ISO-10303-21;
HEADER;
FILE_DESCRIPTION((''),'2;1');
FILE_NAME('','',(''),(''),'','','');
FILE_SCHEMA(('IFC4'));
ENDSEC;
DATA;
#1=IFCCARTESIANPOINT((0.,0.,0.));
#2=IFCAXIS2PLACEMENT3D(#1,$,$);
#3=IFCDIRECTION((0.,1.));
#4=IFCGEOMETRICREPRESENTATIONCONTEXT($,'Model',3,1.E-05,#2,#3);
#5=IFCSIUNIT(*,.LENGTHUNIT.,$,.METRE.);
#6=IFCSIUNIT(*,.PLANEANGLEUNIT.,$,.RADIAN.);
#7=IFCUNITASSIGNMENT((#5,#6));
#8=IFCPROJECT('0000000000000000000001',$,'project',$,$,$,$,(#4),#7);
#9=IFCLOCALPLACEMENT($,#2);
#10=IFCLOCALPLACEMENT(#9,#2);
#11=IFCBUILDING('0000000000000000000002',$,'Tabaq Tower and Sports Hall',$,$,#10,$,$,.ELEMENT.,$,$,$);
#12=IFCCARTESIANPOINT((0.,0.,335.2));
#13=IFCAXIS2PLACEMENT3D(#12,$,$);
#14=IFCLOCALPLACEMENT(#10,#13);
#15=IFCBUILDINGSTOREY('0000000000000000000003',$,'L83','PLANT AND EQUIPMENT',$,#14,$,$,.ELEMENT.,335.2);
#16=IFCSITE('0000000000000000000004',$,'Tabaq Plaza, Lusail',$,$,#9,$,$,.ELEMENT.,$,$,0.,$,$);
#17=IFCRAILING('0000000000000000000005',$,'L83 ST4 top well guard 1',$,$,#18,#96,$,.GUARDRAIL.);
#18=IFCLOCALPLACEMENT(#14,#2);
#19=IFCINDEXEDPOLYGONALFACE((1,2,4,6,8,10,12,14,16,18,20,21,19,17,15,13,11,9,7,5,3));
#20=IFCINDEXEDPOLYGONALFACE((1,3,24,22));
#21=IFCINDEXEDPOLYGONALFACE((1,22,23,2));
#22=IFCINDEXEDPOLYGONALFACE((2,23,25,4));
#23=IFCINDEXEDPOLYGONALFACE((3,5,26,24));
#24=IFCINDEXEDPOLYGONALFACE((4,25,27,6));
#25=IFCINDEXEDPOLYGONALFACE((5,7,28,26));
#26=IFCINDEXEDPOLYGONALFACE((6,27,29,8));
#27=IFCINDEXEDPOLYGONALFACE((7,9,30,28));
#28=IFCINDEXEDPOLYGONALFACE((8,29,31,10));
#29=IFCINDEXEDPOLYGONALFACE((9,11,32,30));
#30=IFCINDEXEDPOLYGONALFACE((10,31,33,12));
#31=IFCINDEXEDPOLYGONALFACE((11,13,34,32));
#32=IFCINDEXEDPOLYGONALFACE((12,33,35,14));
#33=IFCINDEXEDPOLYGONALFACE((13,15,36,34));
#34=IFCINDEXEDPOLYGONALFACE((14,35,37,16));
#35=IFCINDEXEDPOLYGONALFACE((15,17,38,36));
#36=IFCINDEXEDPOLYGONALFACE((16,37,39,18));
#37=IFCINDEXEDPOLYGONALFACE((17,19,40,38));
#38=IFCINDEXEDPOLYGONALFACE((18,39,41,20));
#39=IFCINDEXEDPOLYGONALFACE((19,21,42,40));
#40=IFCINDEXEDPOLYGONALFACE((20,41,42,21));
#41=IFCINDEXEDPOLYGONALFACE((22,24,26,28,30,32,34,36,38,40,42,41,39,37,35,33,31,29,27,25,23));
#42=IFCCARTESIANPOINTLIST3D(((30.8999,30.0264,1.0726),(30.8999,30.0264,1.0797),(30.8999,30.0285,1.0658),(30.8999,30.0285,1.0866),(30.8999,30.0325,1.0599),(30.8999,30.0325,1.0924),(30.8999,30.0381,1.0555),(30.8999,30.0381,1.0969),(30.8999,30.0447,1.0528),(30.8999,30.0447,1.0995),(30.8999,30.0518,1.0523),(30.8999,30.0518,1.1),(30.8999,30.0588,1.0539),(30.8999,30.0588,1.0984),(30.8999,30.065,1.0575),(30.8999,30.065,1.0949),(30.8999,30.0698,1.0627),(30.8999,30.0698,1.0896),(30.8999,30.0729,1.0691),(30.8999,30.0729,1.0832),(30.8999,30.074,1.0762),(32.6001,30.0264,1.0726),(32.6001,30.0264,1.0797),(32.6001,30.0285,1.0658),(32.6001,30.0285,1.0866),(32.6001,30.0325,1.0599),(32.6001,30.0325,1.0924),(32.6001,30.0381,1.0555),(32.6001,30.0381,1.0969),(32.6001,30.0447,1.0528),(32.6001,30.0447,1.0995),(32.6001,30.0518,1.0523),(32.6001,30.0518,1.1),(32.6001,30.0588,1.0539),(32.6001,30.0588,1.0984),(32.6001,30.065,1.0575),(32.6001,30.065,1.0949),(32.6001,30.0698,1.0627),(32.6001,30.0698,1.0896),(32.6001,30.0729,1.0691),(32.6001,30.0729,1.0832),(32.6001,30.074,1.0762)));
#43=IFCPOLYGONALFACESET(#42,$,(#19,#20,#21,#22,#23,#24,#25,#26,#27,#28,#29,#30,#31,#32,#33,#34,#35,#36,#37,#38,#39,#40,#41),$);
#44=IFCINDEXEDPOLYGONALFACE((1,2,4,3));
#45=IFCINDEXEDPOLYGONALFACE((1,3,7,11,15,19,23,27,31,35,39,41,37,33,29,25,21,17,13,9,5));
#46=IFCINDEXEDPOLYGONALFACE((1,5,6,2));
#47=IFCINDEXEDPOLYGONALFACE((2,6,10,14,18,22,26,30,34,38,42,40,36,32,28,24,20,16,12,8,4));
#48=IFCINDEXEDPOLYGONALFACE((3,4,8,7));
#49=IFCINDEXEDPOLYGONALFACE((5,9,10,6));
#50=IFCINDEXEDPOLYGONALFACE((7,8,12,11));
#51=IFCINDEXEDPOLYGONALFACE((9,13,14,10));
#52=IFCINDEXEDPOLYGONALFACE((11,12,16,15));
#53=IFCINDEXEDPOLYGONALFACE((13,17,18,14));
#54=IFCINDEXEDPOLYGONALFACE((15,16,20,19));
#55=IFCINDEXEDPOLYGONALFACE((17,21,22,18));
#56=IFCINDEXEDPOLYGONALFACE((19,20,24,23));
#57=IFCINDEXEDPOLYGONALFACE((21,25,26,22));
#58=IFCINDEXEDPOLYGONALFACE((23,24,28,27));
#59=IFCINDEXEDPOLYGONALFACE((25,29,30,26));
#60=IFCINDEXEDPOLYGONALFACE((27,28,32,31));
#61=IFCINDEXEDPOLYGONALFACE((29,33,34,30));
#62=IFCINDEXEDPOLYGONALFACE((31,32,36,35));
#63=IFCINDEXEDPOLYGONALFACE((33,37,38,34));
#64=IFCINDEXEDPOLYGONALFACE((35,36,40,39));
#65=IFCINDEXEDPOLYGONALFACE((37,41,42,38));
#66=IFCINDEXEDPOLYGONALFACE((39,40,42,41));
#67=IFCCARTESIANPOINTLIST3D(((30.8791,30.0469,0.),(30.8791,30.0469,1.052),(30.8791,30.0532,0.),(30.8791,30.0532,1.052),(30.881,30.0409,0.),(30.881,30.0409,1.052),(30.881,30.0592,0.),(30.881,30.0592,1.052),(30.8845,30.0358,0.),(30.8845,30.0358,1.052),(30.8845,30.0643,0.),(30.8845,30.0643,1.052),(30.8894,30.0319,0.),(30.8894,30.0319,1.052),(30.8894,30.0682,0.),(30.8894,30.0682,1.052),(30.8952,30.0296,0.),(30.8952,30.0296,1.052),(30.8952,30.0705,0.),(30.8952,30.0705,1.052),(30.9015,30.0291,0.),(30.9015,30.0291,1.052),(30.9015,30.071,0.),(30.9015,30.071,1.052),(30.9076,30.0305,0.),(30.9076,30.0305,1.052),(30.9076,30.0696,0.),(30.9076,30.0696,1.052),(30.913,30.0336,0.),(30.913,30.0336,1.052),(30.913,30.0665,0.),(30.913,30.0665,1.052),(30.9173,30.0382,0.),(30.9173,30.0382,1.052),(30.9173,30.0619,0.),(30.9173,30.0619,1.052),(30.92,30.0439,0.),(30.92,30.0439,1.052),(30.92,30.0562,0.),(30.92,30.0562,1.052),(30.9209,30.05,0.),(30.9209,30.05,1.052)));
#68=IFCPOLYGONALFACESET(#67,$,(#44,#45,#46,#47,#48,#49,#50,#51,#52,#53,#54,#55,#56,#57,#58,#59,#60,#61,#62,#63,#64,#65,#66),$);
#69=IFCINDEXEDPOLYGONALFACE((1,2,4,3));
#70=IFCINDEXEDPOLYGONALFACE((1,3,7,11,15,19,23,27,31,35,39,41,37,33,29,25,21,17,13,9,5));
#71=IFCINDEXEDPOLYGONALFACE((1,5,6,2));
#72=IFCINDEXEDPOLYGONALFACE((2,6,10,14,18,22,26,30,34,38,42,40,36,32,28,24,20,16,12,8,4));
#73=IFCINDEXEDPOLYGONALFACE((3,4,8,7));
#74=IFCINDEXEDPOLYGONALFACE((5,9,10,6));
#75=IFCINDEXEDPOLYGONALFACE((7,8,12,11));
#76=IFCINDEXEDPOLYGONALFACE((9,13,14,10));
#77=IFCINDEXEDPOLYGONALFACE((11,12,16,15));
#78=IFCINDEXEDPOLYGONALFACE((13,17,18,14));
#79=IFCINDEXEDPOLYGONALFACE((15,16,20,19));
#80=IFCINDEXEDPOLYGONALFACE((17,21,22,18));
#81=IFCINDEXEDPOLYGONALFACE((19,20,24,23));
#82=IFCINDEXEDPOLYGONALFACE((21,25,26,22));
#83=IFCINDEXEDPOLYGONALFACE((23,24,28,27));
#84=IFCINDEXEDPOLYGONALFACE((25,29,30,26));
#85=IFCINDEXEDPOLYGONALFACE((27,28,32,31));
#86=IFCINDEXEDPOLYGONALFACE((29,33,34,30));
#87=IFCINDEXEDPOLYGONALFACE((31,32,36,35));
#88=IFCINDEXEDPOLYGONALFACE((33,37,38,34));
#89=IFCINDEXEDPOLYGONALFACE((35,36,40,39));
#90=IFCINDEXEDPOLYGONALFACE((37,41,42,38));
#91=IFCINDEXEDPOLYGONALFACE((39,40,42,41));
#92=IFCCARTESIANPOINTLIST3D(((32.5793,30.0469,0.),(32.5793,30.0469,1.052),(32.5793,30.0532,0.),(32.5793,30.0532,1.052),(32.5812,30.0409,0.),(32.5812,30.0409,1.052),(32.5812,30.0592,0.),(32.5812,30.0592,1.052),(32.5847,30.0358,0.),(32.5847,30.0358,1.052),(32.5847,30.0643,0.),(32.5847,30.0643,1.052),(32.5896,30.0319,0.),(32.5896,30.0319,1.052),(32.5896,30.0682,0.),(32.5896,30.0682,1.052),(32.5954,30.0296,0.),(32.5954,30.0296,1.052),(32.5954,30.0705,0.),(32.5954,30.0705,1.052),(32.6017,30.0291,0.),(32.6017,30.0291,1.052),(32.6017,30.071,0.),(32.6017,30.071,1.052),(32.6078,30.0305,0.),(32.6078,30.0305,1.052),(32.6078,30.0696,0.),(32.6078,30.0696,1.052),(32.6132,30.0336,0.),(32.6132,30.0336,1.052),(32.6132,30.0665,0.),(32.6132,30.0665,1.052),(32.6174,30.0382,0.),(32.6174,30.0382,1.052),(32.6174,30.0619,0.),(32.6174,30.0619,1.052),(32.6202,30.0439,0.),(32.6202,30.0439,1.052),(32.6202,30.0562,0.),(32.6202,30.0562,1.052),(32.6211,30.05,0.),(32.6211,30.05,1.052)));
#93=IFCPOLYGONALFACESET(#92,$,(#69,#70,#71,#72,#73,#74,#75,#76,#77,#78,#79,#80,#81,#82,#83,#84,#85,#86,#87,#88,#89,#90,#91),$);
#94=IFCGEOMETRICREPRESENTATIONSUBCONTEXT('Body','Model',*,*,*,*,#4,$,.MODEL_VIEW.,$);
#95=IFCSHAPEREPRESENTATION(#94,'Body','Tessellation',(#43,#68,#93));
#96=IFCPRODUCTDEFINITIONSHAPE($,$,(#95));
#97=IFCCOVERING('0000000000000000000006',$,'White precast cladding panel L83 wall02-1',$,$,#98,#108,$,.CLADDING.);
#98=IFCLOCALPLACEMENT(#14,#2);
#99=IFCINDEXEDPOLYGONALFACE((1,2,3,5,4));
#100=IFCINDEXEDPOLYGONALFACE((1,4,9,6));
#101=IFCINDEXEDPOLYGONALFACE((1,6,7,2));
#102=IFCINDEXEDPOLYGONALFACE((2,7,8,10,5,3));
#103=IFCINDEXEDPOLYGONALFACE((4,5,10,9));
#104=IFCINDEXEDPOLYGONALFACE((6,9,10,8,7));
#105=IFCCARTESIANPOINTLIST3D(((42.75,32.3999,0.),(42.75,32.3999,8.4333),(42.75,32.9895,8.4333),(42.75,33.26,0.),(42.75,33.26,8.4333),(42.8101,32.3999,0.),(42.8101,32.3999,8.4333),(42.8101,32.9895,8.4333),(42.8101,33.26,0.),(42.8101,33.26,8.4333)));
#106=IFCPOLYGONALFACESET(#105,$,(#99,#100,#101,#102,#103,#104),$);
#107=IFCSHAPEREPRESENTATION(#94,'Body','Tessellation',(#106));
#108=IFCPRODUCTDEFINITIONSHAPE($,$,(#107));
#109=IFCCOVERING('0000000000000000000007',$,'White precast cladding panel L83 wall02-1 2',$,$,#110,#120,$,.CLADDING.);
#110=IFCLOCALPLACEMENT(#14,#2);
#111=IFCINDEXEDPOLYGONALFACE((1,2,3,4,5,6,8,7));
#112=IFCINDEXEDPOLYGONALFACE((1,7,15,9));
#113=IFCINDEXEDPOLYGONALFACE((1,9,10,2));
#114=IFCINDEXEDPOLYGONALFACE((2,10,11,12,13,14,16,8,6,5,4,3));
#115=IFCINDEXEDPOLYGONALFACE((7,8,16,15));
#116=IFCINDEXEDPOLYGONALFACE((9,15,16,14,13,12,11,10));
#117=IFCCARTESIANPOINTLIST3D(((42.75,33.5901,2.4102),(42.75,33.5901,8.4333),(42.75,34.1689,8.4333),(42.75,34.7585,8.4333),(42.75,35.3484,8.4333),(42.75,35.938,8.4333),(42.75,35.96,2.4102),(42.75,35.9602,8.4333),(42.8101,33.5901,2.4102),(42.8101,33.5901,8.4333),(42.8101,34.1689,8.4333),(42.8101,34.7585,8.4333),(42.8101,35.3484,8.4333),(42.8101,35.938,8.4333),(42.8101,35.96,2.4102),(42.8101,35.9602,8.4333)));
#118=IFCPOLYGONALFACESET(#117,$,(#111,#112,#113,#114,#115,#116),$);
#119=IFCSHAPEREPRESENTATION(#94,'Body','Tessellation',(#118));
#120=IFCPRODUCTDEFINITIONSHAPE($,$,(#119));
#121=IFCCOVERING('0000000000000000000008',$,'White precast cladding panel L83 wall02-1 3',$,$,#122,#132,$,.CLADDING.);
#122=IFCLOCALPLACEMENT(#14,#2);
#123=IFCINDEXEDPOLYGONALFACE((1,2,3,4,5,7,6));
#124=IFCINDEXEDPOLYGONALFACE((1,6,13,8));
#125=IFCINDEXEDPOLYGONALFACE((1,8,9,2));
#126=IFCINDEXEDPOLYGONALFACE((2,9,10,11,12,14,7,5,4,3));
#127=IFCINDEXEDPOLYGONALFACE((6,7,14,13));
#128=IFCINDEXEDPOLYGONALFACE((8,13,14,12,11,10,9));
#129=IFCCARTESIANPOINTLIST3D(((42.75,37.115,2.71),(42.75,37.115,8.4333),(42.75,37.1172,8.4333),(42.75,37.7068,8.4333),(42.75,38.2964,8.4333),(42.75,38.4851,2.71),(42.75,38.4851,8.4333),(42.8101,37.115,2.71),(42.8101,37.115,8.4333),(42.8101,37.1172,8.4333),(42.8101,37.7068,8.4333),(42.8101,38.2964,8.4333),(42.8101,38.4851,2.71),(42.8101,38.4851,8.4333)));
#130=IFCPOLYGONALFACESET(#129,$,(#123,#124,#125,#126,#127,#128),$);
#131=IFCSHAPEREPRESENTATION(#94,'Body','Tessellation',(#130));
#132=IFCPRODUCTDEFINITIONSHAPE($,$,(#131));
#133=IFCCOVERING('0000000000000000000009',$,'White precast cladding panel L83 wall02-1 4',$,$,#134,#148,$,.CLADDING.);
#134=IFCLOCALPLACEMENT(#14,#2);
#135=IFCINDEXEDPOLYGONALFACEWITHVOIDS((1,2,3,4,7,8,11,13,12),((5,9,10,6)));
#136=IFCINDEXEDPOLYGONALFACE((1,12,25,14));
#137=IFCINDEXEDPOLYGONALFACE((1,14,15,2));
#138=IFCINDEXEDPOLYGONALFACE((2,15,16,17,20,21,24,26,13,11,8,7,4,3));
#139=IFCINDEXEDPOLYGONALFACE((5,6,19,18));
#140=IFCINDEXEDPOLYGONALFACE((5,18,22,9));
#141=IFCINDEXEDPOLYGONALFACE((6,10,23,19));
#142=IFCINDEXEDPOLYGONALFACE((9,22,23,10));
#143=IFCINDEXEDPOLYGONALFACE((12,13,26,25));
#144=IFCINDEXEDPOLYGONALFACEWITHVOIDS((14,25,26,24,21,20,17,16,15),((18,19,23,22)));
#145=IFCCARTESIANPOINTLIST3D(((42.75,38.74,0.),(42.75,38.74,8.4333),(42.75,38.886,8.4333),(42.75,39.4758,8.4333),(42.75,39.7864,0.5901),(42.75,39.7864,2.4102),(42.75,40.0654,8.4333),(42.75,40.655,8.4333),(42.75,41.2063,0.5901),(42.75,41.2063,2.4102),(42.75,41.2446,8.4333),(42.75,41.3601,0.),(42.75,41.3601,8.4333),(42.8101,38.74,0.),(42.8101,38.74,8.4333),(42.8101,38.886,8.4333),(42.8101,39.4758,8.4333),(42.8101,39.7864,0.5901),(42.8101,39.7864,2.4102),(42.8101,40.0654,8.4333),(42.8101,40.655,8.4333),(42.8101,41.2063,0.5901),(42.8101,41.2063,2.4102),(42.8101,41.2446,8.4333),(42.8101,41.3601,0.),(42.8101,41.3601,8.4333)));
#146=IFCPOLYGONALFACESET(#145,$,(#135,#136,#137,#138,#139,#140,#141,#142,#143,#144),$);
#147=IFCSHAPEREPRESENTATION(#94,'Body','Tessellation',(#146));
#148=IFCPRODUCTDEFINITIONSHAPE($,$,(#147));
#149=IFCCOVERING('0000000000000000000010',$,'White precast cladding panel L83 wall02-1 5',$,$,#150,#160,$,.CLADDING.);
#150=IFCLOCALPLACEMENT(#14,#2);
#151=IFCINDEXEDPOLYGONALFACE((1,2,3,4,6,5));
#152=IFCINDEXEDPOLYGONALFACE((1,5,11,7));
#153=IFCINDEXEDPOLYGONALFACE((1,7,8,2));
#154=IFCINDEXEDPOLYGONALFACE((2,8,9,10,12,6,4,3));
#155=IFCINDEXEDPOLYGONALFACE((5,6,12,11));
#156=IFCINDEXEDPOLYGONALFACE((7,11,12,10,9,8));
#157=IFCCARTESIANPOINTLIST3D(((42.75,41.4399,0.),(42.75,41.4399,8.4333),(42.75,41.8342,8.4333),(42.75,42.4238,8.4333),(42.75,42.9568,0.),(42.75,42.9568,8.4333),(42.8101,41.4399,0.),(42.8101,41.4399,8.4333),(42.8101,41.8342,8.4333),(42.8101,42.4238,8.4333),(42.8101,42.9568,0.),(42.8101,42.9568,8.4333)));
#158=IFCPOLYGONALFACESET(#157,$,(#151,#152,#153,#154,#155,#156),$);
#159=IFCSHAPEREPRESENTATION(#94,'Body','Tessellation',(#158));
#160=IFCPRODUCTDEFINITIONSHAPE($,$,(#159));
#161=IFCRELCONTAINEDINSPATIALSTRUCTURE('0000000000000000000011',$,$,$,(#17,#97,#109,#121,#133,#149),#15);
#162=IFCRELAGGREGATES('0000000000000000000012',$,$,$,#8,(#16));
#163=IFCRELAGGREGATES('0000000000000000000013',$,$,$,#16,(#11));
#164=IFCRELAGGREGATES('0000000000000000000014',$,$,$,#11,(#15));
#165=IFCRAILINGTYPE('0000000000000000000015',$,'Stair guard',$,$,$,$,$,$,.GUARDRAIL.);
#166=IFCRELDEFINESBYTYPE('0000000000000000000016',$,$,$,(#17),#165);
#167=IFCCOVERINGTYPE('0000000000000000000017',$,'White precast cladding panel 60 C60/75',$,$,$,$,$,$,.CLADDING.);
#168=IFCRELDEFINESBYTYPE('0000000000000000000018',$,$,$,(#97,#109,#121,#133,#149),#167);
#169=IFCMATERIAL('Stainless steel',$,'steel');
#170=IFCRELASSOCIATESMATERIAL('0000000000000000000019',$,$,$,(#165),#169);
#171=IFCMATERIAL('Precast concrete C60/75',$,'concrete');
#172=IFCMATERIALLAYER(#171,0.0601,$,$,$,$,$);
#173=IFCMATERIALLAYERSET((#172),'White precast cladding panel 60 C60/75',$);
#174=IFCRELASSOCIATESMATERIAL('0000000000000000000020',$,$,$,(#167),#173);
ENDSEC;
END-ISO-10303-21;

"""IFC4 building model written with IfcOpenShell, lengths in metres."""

from ifc_helpers import new_model, si_unit, direction, frame, origin, origin_2d, place, context, subcontext, project, spatial, polyline, circle, outline, extrude, material, layer, layer_set, type_object, element, save


model = new_model("IFC4")

# Units and contexts
model_context = context("Model", 3, precision=1e-05, world=origin(), true_north=direction((0.0, 1.0)))
body_context = subcontext(model_context, "Body", "Model", "MODEL_VIEW")
ifc_project = project(units=[si_unit("LENGTHUNIT", "METRE"), si_unit("PLANEANGLEUNIT", "RADIAN")], contexts=[model_context])

# Site, building, storey
site_placement = place(None, origin())
site = spatial("IfcSite", under=ifc_project, at=site_placement, Name="Tabaq Plaza, Lusail", CompositionType="ELEMENT", RefElevation=0.0)
building_placement = place(site_placement, origin())
building = spatial("IfcBuilding", under=site, at=building_placement, Name="Tabaq Tower and Sports Hall", CompositionType="ELEMENT")
storey_placement = place(building_placement, frame((0.0, 0.0, 335.2)))
storey = spatial("IfcBuildingStorey", under=building, at=storey_placement, Name="L83", Description="PLANT AND EQUIPMENT", CompositionType="ELEMENT", Elevation=335.2)

# Railing
ifc_material_1 = material(Name="Stainless steel", Category="steel")
railing_type = type_object("IfcRailingType", Name="Stair guard", PredefinedType="GUARDRAIL", material=ifc_material_1)
railing_placement = place(storey_placement, frame((30.8999, 30.05, 0.0)))
element("IfcRailing", 1, at=railing_placement, inside=storey, type_object=railing_type, Name="L83 ST4 top well guard 1", PredefinedType="GUARDRAIL", context=body_context, shape_type="SweptSolid", body=[
    extrude(circle(Radius=0.0239, at=origin_2d()), frame((0.0, 0.0, 1.0762), z_axis=(1.0, 0.0, 0.0), x_axis=(0.0, 1.0, 0.0)), (0.0, 0.0, 1.0), 1.7002),
    extrude(circle(Radius=0.021, at=origin_2d()), origin(), (0.0, 0.0, 1.0), 1.052),
    extrude(circle(Radius=0.021, at=origin_2d()), frame((1.7002, 0.0, 0.0)), (0.0, 0.0, 1.0), 1.052),
])

# Coverings
ifc_material_2 = material(Name="Precast concrete C60/75", Category="concrete")
ifc_layer_1 = layer(ifc_material_2, 0.0601)
ifc_layer_set_1 = layer_set([ifc_layer_1], Name="White precast cladding panel 60 C60/75")
covering_type_1 = type_object("IfcCoveringType", Name="White precast cladding panel 60 C60/75", PredefinedType="CLADDING", material=ifc_layer_set_1)
covering_1_placement = place(storey_placement, frame((42.78, 32.3999, 0.0), z_axis=(0.0, 0.0, 1.0), x_axis=(0.0, 1.0, 0.0)))
element("IfcCovering", 2, at=covering_1_placement, inside=storey, type_object=covering_type_1, Name="White precast cladding panel L83 wall02-1", PredefinedType="CLADDING", context=body_context, shape_type="SweptSolid", body=[
    extrude(outline(polyline([(0.0, 0.0), (0.8601, 0.0), (0.8601, 8.4333), (0.5896, 8.4333), (0.0, 8.4333), (0.0, 0.0)])), frame((0.0, 0.03, 0.0), z_axis=(0.0, -1.0, 0.0), x_axis=(1.0, 0.0, 0.0)), (0.0, 0.0, 1.0), 0.0601),
])
covering_2_placement = place(storey_placement, frame((42.78, 33.5901, 2.4102), z_axis=(0.0, 0.0, 1.0), x_axis=(0.0, 1.0, 0.0)))
element("IfcCovering", 3, at=covering_2_placement, inside=storey, type_object=covering_type_1, Name="White precast cladding panel L83 wall02-1 2", PredefinedType="CLADDING", context=body_context, shape_type="SweptSolid", body=[
    extrude(outline(polyline([(0.0, 0.0), (2.3699, 0.0), (2.3701, 6.0232), (2.3479, 6.0232), (1.7583, 6.0232), (1.1685, 6.0232), (0.5789, 6.0232), (0.0, 6.0232), (0.0, 0.0)])), frame((0.0, 0.03, 0.0), z_axis=(0.0, -1.0, 0.0), x_axis=(1.0, 0.0, 0.0)), (0.0, 0.0, 1.0), 0.0601),
])
covering_3_placement = place(storey_placement, frame((42.78, 37.115, 2.71), z_axis=(0.0, 0.0, 1.0), x_axis=(0.0, 1.0, 0.0)))
element("IfcCovering", 4, at=covering_3_placement, inside=storey, type_object=covering_type_1, Name="White precast cladding panel L83 wall02-1 3", PredefinedType="CLADDING", context=body_context, shape_type="SweptSolid", body=[
    extrude(outline(polyline([(0.0, 0.0), (1.3701, 0.0), (1.3701, 5.7234), (1.1814, 5.7234), (0.5918, 5.7234), (0.0022, 5.7234), (0.0, 5.7234), (0.0, 0.0)])), frame((0.0, 0.03, 0.0), z_axis=(0.0, -1.0, 0.0), x_axis=(1.0, 0.0, 0.0)), (0.0, 0.0, 1.0), 0.0601),
])
covering_4_placement = place(storey_placement, frame((42.78, 38.74, 0.0), z_axis=(0.0, 0.0, 1.0), x_axis=(0.0, 1.0, 0.0)))
element("IfcCovering", 5, at=covering_4_placement, inside=storey, type_object=covering_type_1, Name="White precast cladding panel L83 wall02-1 4", PredefinedType="CLADDING", context=body_context, shape_type="SweptSolid", body=[
    extrude(outline(polyline([(0.0, 0.0), (2.6201, 0.0), (2.6201, 8.4333), (2.5046, 8.4333), (1.915, 8.4333), (1.3254, 8.4333), (0.7358, 8.4333), (0.146, 8.4333), (0.0, 8.4333), (0.0, 0.0)]), holes=[polyline([(1.0464, 0.5901), (1.0464, 2.4102), (2.4663, 2.4102), (2.4663, 0.5901), (1.0464, 0.5901)])]), frame((0.0, 0.03, 0.0), z_axis=(0.0, -1.0, 0.0), x_axis=(1.0, 0.0, 0.0)), (0.0, 0.0, 1.0), 0.0601),
])
covering_5_placement = place(storey_placement, frame((42.78, 41.4399, 0.0), z_axis=(0.0, 0.0, 1.0), x_axis=(0.0, 1.0, 0.0)))
element("IfcCovering", 6, at=covering_5_placement, inside=storey, type_object=covering_type_1, Name="White precast cladding panel L83 wall02-1 5", PredefinedType="CLADDING", context=body_context, shape_type="SweptSolid", body=[
    extrude(outline(polyline([(0.0, 0.0), (1.5168, 0.0), (1.5168, 8.4333), (0.9839, 8.4333), (0.3943, 8.4333), (0.0, 8.4333), (0.0, 0.0)])), frame((0.0, 0.03, 0.0), z_axis=(0.0, -1.0, 0.0), x_axis=(1.0, 0.0, 0.0)), (0.0, 0.0, 1.0), 0.0601),
])

save(model, "model.ifc")
